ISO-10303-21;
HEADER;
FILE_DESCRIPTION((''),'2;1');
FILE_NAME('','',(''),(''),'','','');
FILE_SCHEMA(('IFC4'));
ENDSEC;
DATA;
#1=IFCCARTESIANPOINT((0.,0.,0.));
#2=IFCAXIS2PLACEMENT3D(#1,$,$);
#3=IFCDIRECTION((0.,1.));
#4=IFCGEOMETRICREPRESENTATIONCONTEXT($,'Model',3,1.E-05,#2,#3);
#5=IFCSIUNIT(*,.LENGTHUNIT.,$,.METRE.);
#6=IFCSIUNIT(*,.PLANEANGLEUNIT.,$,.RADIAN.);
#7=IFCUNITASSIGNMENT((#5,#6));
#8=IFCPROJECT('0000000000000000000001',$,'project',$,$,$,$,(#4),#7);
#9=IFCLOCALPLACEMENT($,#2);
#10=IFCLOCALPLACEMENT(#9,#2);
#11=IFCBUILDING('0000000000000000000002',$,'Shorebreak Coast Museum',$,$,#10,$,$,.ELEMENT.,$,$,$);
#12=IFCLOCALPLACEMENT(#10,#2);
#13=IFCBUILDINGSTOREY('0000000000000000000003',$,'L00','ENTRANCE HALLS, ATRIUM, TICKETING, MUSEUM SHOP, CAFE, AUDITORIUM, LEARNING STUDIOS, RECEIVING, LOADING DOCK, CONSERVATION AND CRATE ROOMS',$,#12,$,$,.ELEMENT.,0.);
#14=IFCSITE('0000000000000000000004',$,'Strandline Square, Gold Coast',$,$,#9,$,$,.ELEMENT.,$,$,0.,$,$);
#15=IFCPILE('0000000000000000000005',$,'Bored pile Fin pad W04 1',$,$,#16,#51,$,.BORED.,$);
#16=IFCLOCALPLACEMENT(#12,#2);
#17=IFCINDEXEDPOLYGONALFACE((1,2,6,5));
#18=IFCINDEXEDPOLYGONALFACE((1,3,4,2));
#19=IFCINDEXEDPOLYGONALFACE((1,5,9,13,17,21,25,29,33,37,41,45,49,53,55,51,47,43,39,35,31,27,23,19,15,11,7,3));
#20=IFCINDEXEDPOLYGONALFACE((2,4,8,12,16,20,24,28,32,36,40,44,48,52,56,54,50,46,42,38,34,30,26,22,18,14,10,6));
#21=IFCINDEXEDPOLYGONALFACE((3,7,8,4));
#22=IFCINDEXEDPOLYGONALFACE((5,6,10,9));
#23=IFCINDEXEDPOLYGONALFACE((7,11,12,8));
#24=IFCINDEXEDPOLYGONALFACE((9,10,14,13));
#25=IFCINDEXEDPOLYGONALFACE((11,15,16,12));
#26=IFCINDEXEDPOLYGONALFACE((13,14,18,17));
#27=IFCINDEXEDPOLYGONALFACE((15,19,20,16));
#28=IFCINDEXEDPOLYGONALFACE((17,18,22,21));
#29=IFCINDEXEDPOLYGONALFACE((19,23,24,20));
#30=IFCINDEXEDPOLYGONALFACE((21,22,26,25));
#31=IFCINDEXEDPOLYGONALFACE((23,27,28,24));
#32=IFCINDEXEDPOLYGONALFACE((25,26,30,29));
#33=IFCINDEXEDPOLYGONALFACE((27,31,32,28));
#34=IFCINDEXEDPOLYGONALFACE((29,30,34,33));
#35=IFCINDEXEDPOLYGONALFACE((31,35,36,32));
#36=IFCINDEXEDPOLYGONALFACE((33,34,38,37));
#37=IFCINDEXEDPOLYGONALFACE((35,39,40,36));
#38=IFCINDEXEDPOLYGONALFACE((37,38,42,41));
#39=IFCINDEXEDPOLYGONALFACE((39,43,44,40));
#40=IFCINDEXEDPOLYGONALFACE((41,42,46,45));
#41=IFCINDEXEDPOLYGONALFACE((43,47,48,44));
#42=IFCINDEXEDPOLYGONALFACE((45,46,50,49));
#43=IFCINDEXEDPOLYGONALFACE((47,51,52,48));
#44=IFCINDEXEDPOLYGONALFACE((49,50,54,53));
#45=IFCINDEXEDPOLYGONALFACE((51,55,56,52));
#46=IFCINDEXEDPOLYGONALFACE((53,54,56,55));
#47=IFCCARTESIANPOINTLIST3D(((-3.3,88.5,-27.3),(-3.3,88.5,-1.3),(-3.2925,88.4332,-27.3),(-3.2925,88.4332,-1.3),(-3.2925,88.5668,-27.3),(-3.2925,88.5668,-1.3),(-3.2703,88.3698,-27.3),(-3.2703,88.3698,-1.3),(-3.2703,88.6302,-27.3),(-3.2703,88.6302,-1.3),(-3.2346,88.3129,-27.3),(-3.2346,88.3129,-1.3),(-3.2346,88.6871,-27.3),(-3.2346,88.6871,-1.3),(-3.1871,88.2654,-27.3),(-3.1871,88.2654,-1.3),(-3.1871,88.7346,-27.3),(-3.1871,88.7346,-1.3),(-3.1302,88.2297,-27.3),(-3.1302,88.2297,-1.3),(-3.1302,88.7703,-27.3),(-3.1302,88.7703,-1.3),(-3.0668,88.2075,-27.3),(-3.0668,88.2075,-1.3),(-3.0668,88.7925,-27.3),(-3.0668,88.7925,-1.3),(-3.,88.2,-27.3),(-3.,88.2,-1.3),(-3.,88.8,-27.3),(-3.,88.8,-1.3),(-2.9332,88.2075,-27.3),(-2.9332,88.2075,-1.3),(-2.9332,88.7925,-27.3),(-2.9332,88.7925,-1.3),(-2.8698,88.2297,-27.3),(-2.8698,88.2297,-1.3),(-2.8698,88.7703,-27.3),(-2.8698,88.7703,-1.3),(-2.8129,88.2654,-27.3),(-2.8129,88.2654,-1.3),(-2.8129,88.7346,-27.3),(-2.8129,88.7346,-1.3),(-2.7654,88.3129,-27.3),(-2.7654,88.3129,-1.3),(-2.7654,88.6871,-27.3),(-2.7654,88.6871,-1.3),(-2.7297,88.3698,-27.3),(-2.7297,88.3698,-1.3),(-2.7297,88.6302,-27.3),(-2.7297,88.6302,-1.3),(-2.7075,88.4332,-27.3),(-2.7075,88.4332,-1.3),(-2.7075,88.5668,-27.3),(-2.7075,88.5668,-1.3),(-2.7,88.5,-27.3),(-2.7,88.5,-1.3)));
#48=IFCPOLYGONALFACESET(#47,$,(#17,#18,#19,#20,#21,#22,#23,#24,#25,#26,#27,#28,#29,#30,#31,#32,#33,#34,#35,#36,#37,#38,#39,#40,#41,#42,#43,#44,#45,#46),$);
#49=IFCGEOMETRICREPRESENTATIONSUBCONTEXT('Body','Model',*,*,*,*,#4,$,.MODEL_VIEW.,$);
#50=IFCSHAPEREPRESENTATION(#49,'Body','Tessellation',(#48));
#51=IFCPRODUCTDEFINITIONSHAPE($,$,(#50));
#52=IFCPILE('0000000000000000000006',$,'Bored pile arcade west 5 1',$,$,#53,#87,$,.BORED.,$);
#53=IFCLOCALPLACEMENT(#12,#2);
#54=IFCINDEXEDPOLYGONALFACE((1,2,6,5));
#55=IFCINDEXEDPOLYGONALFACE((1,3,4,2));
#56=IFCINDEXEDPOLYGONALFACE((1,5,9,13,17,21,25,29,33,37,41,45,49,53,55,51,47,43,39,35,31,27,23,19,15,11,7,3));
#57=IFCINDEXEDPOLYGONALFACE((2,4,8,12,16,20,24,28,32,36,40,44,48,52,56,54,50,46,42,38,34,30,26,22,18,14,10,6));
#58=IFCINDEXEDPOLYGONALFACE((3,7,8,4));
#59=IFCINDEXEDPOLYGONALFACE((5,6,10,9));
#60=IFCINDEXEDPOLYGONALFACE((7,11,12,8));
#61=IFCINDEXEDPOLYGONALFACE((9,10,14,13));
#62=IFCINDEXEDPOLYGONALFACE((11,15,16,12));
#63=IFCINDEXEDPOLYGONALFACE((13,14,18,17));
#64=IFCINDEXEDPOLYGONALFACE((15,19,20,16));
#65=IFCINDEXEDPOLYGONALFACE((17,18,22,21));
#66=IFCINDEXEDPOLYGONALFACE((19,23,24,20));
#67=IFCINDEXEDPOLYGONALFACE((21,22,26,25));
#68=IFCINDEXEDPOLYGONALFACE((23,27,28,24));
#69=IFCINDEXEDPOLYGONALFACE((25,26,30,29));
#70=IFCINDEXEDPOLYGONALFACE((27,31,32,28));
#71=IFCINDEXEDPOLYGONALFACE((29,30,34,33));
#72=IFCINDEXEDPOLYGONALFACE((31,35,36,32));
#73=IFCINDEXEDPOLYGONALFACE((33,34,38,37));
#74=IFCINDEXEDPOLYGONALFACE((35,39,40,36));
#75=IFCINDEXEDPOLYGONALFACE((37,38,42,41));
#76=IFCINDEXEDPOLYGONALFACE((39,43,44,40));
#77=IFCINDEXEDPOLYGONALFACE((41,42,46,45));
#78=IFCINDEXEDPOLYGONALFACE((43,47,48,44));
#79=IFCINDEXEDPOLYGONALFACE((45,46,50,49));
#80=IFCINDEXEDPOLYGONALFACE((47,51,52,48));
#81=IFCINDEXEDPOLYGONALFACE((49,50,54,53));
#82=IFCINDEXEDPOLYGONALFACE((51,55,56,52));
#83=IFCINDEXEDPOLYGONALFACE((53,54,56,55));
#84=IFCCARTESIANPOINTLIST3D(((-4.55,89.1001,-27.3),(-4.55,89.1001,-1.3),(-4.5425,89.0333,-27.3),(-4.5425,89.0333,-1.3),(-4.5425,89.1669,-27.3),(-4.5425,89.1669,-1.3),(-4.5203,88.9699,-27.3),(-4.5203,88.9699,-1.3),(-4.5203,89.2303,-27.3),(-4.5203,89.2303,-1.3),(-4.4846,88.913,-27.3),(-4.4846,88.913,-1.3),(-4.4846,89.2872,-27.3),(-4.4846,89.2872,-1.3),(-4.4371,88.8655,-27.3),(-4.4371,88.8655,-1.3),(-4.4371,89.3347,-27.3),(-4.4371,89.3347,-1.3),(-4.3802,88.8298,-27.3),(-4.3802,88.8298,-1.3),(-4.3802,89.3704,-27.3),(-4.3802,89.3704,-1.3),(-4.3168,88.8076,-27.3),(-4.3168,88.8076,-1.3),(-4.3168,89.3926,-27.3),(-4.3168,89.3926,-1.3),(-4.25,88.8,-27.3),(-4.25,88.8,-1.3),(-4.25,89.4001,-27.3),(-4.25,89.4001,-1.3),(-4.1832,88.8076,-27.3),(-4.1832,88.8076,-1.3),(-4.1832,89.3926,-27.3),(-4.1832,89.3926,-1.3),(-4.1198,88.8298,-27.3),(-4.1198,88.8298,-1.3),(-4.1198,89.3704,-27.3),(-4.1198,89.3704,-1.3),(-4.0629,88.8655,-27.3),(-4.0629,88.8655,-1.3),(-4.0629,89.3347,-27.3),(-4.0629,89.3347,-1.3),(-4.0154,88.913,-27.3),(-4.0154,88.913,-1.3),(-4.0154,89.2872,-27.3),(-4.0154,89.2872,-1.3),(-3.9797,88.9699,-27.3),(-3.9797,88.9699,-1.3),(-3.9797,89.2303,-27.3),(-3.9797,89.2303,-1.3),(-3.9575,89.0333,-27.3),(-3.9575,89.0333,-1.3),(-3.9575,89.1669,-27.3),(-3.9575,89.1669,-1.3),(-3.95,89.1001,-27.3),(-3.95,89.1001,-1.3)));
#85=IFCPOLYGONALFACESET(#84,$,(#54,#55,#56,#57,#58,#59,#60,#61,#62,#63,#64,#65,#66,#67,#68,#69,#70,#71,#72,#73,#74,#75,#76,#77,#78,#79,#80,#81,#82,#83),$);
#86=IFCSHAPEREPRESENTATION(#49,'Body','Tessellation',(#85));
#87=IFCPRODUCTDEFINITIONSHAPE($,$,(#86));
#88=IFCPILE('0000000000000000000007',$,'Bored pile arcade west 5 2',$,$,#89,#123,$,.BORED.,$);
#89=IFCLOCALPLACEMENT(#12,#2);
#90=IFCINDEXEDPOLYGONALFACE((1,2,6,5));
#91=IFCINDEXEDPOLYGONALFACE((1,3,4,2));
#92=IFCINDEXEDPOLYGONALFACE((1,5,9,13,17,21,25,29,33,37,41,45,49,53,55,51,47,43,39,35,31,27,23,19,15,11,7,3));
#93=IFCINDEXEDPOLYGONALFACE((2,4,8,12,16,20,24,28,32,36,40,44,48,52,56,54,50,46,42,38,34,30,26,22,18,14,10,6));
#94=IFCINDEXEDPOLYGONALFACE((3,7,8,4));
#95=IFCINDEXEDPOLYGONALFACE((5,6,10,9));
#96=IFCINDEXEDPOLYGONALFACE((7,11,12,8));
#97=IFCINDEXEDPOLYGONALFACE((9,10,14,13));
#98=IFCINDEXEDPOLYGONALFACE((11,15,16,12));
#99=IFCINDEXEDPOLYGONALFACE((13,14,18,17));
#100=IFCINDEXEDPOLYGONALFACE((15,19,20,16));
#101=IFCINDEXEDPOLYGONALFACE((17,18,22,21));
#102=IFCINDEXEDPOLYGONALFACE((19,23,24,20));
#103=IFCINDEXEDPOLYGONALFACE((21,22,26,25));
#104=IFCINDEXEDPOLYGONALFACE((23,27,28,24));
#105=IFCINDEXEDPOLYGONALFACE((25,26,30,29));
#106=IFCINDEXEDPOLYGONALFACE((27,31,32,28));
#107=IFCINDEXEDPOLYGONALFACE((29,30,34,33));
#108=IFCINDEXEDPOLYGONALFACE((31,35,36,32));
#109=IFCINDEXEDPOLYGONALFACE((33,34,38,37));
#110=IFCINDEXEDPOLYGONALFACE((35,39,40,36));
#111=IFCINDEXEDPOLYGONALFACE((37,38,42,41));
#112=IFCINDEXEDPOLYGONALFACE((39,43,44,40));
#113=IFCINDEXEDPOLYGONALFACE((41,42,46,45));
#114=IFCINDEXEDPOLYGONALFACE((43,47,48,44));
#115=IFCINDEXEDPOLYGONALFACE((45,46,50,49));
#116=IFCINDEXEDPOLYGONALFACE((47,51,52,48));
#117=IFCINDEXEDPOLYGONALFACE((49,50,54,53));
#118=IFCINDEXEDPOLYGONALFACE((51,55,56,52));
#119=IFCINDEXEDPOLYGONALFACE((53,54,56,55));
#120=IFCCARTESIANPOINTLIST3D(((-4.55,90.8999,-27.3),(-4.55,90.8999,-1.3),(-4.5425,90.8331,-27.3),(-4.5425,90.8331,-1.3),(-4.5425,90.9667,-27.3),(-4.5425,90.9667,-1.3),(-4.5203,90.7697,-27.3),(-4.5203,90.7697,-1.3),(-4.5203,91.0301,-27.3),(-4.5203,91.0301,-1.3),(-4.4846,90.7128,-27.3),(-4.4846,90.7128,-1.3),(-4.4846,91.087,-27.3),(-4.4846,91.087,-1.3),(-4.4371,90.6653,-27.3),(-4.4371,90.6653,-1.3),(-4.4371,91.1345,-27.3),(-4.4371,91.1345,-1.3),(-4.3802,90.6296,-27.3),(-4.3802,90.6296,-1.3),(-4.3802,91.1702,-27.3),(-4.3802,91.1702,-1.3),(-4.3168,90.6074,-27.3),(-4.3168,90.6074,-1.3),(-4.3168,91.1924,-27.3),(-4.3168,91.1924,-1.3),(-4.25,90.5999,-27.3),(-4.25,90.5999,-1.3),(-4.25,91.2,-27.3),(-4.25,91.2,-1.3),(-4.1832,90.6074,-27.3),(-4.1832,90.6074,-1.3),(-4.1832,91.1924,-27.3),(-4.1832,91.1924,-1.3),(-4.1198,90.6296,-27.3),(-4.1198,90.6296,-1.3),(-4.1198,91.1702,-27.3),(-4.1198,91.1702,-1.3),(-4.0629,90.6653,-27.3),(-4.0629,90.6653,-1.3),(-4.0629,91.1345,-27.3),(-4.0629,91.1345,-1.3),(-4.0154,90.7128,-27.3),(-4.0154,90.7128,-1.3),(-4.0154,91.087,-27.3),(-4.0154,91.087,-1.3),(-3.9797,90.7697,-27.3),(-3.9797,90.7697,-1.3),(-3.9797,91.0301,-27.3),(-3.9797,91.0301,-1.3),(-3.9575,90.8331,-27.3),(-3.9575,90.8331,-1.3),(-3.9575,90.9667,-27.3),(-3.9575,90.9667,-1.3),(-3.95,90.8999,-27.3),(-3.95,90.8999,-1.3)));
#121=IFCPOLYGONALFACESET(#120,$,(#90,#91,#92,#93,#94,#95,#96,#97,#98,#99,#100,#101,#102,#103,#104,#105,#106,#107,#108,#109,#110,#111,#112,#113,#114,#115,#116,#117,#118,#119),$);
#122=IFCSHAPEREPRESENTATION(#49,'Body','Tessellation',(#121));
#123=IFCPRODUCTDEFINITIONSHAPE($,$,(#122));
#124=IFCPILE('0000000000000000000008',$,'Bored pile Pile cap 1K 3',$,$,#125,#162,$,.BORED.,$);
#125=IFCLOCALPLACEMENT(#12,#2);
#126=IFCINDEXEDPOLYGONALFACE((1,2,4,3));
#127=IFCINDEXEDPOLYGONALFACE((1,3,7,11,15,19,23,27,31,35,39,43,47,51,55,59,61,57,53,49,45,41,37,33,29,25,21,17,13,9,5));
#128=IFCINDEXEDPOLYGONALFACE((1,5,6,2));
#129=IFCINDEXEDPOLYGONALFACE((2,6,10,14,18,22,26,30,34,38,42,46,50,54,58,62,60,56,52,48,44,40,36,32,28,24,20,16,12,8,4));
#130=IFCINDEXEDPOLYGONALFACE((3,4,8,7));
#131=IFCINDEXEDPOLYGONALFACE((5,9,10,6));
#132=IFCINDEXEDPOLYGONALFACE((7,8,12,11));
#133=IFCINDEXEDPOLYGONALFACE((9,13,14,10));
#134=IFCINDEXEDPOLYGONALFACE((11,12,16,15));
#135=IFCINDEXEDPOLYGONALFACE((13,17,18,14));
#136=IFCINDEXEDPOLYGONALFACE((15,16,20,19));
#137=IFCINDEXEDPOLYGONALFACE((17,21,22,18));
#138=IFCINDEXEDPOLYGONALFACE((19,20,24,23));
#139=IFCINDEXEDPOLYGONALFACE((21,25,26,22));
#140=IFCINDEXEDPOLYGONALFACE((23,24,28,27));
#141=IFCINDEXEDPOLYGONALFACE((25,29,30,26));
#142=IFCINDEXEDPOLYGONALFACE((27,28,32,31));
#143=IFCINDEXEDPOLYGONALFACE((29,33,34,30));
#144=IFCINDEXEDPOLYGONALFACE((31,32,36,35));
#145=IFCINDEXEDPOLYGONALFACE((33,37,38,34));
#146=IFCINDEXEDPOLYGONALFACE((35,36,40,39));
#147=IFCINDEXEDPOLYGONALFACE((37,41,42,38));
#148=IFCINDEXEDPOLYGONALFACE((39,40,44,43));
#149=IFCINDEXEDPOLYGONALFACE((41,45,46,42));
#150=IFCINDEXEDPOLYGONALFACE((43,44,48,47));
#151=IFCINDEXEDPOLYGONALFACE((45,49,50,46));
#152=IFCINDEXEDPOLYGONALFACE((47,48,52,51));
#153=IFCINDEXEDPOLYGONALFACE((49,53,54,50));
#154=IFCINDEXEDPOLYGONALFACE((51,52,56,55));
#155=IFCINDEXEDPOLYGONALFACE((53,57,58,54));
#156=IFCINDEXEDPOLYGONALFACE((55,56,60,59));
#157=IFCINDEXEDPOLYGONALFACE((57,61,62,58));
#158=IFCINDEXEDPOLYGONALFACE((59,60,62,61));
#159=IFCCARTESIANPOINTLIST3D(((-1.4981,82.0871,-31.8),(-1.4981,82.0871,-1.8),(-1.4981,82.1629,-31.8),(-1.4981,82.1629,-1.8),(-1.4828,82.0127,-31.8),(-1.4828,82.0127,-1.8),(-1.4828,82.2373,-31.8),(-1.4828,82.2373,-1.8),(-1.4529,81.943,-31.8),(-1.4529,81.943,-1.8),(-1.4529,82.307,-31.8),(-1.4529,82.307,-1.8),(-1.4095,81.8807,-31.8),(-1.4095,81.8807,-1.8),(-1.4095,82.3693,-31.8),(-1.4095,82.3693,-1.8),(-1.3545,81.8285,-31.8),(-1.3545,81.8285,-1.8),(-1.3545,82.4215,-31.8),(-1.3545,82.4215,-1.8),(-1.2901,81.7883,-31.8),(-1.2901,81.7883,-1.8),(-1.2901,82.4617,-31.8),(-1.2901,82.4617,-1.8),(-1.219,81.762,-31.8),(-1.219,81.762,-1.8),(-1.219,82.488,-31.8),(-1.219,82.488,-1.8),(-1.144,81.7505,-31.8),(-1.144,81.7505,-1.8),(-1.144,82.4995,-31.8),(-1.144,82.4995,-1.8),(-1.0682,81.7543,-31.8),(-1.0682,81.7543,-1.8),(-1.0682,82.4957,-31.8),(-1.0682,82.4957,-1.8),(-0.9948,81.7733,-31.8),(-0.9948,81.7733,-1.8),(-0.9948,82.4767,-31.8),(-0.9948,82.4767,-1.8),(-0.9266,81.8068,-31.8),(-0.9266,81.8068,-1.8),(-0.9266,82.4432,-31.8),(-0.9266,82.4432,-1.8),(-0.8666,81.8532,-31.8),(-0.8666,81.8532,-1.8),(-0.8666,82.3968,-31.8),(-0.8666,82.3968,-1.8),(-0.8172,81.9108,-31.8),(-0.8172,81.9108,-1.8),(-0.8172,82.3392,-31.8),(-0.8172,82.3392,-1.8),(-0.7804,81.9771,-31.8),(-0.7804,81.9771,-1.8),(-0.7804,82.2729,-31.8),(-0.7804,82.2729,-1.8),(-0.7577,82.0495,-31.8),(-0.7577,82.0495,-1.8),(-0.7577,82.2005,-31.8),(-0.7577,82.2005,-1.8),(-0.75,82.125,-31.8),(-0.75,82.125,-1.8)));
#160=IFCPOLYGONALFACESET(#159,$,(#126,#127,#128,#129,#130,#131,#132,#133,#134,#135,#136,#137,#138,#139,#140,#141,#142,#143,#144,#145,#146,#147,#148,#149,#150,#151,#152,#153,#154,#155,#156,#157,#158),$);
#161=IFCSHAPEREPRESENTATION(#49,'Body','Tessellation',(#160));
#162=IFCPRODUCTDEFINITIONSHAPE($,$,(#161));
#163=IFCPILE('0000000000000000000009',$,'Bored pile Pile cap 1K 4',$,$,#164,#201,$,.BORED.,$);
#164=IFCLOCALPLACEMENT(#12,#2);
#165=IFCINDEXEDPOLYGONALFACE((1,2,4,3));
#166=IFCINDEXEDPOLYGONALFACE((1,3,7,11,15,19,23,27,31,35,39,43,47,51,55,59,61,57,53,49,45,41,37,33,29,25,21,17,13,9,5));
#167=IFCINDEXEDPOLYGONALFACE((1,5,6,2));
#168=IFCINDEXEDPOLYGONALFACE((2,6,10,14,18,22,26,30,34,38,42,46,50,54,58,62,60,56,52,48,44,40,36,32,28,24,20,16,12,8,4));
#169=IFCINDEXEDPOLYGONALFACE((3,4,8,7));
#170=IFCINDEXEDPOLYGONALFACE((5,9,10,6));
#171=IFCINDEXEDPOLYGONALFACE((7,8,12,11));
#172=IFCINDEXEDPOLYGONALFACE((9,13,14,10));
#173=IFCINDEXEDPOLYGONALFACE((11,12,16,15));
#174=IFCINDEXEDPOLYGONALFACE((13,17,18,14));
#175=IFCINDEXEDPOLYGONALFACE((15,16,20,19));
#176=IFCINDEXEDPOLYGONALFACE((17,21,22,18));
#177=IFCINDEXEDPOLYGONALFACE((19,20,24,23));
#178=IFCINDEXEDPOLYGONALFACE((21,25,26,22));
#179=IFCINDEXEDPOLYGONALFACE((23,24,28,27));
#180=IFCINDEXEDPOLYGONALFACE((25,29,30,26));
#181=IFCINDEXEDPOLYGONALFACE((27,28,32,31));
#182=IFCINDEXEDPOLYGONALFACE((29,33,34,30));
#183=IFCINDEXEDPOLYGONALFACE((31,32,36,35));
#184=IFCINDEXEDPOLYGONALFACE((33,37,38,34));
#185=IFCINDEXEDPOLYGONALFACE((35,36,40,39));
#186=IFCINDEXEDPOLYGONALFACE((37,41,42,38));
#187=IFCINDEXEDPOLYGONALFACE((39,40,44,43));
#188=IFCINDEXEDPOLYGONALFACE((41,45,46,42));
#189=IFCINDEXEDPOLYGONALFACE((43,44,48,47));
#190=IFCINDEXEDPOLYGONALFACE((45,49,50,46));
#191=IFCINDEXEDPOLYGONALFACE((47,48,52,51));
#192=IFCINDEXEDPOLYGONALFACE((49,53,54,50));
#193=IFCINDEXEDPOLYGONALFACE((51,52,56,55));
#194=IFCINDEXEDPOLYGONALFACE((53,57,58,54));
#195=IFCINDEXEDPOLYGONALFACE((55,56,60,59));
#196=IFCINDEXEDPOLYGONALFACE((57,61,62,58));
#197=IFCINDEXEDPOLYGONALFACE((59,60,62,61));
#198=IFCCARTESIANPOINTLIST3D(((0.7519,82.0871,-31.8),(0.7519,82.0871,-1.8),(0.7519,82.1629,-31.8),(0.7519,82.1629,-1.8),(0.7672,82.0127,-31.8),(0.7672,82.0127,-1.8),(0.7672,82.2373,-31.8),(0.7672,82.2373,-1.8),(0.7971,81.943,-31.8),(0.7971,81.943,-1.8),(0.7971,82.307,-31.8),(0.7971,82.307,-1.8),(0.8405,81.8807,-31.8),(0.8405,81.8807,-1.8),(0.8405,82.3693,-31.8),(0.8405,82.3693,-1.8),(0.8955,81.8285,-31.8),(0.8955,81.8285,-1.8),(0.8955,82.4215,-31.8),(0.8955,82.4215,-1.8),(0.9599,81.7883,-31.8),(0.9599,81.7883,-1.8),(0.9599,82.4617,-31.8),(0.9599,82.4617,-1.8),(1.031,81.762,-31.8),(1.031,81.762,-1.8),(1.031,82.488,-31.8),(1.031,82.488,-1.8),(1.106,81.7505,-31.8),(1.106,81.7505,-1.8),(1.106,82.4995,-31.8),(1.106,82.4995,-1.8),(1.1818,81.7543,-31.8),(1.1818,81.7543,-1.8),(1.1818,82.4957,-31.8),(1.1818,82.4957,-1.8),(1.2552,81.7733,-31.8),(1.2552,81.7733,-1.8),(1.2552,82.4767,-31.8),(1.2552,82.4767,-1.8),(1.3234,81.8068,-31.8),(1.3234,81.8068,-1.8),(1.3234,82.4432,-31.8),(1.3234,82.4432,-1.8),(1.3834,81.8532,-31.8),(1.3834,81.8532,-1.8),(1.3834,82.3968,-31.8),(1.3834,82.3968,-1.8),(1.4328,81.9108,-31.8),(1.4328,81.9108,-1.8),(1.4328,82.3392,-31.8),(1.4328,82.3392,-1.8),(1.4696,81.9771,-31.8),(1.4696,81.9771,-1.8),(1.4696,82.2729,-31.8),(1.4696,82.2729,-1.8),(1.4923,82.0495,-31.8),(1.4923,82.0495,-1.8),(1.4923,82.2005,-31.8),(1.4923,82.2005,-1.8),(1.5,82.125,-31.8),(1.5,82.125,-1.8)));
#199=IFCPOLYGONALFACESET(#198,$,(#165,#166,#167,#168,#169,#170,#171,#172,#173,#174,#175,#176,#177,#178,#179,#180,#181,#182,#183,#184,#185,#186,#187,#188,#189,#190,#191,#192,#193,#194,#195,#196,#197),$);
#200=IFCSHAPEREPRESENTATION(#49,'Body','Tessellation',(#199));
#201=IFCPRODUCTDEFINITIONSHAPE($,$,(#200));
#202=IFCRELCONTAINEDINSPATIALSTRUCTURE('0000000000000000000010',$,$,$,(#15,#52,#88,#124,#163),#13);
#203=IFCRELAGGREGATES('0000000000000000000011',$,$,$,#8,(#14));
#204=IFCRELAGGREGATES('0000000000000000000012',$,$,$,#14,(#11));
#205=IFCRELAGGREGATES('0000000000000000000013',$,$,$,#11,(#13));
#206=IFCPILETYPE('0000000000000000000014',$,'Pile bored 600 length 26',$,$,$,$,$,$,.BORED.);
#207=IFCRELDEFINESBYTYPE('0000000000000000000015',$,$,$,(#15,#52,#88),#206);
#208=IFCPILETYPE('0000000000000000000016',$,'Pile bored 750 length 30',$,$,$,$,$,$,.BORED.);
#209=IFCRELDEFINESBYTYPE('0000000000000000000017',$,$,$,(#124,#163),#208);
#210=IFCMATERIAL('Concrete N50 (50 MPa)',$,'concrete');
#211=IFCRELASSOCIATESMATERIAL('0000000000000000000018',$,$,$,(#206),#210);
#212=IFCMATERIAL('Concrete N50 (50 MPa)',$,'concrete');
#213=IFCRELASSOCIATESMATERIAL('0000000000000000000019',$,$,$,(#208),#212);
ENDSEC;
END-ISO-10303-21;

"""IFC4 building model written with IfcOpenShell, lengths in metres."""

from ifc_helpers import new_model, si_unit, direction, frame, origin, origin_2d, place, context, subcontext, project, spatial, circle, extrude, material, material_profile, profile_set, type_object, element, save


model = new_model("IFC4")

# Units and contexts
model_context = context("Model", 3, precision=1e-05, world=origin(), true_north=direction((0.0, 1.0)))
body_context = subcontext(model_context, "Body", "Model", "MODEL_VIEW")
ifc_project = project(units=[si_unit("LENGTHUNIT", "METRE"), si_unit("PLANEANGLEUNIT", "RADIAN")], contexts=[model_context])

# Site, building, storey
site_placement = place(None, origin())
site = spatial("IfcSite", under=ifc_project, at=site_placement, Name="Strandline Square, Gold Coast", CompositionType="ELEMENT", RefElevation=0.0)
building_placement = place(site_placement, origin())
building = spatial("IfcBuilding", under=site, at=building_placement, Name="Shorebreak Coast Museum", CompositionType="ELEMENT")
storey_placement = place(building_placement, origin())
storey = spatial("IfcBuildingStorey", under=building, at=storey_placement, Name="L00", Description="ENTRANCE HALLS, ATRIUM, TICKETING, MUSEUM SHOP, CAFE, AUDITORIUM, LEARNING STUDIOS, RECEIVING, LOADING DOCK, CONSERVATION AND CRATE ROOMS", CompositionType="ELEMENT", Elevation=0.0)

# Piles
ifc_material_1 = material(Name="Concrete N50 (50 MPa)", Category="concrete")
ifc_material_profile_1 = material_profile(ifc_material_1, circle(Radius=0.3, at=origin_2d()), Name="Pile bored 600 length 26")
ifc_profile_set_1 = profile_set([ifc_material_profile_1], Name="Concrete N50 (50 MPa)")
pile_type_1 = type_object("IfcPileType", Name="Pile bored 600 length 26", PredefinedType="BORED", material=ifc_profile_set_1)
for number, where, z_axis, x_axis, name in (
    (1, (-3.0, 88.5, -1.3), (0.0, 0.0, -1.0), (1.0, 0.0, 0.0), "Bored pile Fin pad W04 1"),
    (2, (-4.25, 89.1001, -1.3), (0.0, 0.0, -1.0), (1.0, 0.0, 0.0), "Bored pile arcade west 5 1"),
    (3, (-4.25, 90.8999, -1.3), (0.0, 0.0, -1.0), (1.0, 0.0, 0.0), "Bored pile arcade west 5 2"),
):
    element("IfcPile", number, at=place(storey_placement, frame(where, z_axis=z_axis, x_axis=x_axis)), inside=storey, type_object=pile_type_1, Name=name, PredefinedType="BORED", context=body_context, shape_type="SweptSolid", body=[
        extrude(circle(Radius=0.3, at=origin_2d()), origin(), (0.0, 0.0, 1.0), 26.0),
    ])
ifc_material_2 = material(Name="Concrete N50 (50 MPa)", Category="concrete")
ifc_material_profile_2 = material_profile(ifc_material_2, circle(Radius=0.375, at=origin_2d()), Name="Pile bored 750 length 30")
ifc_profile_set_2 = profile_set([ifc_material_profile_2], Name="Concrete N50 (50 MPa)")
pile_type_2 = type_object("IfcPileType", Name="Pile bored 750 length 30", PredefinedType="BORED", material=ifc_profile_set_2)
for number, where, z_axis, x_axis, name in (
    (4, (-1.125, 82.125, -1.8), (0.0, 0.0, -1.0), (1.0, 0.0, 0.0), "Bored pile Pile cap 1K 3"),
    (5, (1.125, 82.125, -1.8), (0.0, 0.0, -1.0), (1.0, 0.0, 0.0), "Bored pile Pile cap 1K 4"),
):
    element("IfcPile", number, at=place(storey_placement, frame(where, z_axis=z_axis, x_axis=x_axis)), inside=storey, type_object=pile_type_2, Name=name, PredefinedType="BORED", context=body_context, shape_type="SweptSolid", body=[
        extrude(circle(Radius=0.375, at=origin_2d()), origin(), (0.0, 0.0, 1.0), 30.0),
    ])

save(model, "model.ifc")
